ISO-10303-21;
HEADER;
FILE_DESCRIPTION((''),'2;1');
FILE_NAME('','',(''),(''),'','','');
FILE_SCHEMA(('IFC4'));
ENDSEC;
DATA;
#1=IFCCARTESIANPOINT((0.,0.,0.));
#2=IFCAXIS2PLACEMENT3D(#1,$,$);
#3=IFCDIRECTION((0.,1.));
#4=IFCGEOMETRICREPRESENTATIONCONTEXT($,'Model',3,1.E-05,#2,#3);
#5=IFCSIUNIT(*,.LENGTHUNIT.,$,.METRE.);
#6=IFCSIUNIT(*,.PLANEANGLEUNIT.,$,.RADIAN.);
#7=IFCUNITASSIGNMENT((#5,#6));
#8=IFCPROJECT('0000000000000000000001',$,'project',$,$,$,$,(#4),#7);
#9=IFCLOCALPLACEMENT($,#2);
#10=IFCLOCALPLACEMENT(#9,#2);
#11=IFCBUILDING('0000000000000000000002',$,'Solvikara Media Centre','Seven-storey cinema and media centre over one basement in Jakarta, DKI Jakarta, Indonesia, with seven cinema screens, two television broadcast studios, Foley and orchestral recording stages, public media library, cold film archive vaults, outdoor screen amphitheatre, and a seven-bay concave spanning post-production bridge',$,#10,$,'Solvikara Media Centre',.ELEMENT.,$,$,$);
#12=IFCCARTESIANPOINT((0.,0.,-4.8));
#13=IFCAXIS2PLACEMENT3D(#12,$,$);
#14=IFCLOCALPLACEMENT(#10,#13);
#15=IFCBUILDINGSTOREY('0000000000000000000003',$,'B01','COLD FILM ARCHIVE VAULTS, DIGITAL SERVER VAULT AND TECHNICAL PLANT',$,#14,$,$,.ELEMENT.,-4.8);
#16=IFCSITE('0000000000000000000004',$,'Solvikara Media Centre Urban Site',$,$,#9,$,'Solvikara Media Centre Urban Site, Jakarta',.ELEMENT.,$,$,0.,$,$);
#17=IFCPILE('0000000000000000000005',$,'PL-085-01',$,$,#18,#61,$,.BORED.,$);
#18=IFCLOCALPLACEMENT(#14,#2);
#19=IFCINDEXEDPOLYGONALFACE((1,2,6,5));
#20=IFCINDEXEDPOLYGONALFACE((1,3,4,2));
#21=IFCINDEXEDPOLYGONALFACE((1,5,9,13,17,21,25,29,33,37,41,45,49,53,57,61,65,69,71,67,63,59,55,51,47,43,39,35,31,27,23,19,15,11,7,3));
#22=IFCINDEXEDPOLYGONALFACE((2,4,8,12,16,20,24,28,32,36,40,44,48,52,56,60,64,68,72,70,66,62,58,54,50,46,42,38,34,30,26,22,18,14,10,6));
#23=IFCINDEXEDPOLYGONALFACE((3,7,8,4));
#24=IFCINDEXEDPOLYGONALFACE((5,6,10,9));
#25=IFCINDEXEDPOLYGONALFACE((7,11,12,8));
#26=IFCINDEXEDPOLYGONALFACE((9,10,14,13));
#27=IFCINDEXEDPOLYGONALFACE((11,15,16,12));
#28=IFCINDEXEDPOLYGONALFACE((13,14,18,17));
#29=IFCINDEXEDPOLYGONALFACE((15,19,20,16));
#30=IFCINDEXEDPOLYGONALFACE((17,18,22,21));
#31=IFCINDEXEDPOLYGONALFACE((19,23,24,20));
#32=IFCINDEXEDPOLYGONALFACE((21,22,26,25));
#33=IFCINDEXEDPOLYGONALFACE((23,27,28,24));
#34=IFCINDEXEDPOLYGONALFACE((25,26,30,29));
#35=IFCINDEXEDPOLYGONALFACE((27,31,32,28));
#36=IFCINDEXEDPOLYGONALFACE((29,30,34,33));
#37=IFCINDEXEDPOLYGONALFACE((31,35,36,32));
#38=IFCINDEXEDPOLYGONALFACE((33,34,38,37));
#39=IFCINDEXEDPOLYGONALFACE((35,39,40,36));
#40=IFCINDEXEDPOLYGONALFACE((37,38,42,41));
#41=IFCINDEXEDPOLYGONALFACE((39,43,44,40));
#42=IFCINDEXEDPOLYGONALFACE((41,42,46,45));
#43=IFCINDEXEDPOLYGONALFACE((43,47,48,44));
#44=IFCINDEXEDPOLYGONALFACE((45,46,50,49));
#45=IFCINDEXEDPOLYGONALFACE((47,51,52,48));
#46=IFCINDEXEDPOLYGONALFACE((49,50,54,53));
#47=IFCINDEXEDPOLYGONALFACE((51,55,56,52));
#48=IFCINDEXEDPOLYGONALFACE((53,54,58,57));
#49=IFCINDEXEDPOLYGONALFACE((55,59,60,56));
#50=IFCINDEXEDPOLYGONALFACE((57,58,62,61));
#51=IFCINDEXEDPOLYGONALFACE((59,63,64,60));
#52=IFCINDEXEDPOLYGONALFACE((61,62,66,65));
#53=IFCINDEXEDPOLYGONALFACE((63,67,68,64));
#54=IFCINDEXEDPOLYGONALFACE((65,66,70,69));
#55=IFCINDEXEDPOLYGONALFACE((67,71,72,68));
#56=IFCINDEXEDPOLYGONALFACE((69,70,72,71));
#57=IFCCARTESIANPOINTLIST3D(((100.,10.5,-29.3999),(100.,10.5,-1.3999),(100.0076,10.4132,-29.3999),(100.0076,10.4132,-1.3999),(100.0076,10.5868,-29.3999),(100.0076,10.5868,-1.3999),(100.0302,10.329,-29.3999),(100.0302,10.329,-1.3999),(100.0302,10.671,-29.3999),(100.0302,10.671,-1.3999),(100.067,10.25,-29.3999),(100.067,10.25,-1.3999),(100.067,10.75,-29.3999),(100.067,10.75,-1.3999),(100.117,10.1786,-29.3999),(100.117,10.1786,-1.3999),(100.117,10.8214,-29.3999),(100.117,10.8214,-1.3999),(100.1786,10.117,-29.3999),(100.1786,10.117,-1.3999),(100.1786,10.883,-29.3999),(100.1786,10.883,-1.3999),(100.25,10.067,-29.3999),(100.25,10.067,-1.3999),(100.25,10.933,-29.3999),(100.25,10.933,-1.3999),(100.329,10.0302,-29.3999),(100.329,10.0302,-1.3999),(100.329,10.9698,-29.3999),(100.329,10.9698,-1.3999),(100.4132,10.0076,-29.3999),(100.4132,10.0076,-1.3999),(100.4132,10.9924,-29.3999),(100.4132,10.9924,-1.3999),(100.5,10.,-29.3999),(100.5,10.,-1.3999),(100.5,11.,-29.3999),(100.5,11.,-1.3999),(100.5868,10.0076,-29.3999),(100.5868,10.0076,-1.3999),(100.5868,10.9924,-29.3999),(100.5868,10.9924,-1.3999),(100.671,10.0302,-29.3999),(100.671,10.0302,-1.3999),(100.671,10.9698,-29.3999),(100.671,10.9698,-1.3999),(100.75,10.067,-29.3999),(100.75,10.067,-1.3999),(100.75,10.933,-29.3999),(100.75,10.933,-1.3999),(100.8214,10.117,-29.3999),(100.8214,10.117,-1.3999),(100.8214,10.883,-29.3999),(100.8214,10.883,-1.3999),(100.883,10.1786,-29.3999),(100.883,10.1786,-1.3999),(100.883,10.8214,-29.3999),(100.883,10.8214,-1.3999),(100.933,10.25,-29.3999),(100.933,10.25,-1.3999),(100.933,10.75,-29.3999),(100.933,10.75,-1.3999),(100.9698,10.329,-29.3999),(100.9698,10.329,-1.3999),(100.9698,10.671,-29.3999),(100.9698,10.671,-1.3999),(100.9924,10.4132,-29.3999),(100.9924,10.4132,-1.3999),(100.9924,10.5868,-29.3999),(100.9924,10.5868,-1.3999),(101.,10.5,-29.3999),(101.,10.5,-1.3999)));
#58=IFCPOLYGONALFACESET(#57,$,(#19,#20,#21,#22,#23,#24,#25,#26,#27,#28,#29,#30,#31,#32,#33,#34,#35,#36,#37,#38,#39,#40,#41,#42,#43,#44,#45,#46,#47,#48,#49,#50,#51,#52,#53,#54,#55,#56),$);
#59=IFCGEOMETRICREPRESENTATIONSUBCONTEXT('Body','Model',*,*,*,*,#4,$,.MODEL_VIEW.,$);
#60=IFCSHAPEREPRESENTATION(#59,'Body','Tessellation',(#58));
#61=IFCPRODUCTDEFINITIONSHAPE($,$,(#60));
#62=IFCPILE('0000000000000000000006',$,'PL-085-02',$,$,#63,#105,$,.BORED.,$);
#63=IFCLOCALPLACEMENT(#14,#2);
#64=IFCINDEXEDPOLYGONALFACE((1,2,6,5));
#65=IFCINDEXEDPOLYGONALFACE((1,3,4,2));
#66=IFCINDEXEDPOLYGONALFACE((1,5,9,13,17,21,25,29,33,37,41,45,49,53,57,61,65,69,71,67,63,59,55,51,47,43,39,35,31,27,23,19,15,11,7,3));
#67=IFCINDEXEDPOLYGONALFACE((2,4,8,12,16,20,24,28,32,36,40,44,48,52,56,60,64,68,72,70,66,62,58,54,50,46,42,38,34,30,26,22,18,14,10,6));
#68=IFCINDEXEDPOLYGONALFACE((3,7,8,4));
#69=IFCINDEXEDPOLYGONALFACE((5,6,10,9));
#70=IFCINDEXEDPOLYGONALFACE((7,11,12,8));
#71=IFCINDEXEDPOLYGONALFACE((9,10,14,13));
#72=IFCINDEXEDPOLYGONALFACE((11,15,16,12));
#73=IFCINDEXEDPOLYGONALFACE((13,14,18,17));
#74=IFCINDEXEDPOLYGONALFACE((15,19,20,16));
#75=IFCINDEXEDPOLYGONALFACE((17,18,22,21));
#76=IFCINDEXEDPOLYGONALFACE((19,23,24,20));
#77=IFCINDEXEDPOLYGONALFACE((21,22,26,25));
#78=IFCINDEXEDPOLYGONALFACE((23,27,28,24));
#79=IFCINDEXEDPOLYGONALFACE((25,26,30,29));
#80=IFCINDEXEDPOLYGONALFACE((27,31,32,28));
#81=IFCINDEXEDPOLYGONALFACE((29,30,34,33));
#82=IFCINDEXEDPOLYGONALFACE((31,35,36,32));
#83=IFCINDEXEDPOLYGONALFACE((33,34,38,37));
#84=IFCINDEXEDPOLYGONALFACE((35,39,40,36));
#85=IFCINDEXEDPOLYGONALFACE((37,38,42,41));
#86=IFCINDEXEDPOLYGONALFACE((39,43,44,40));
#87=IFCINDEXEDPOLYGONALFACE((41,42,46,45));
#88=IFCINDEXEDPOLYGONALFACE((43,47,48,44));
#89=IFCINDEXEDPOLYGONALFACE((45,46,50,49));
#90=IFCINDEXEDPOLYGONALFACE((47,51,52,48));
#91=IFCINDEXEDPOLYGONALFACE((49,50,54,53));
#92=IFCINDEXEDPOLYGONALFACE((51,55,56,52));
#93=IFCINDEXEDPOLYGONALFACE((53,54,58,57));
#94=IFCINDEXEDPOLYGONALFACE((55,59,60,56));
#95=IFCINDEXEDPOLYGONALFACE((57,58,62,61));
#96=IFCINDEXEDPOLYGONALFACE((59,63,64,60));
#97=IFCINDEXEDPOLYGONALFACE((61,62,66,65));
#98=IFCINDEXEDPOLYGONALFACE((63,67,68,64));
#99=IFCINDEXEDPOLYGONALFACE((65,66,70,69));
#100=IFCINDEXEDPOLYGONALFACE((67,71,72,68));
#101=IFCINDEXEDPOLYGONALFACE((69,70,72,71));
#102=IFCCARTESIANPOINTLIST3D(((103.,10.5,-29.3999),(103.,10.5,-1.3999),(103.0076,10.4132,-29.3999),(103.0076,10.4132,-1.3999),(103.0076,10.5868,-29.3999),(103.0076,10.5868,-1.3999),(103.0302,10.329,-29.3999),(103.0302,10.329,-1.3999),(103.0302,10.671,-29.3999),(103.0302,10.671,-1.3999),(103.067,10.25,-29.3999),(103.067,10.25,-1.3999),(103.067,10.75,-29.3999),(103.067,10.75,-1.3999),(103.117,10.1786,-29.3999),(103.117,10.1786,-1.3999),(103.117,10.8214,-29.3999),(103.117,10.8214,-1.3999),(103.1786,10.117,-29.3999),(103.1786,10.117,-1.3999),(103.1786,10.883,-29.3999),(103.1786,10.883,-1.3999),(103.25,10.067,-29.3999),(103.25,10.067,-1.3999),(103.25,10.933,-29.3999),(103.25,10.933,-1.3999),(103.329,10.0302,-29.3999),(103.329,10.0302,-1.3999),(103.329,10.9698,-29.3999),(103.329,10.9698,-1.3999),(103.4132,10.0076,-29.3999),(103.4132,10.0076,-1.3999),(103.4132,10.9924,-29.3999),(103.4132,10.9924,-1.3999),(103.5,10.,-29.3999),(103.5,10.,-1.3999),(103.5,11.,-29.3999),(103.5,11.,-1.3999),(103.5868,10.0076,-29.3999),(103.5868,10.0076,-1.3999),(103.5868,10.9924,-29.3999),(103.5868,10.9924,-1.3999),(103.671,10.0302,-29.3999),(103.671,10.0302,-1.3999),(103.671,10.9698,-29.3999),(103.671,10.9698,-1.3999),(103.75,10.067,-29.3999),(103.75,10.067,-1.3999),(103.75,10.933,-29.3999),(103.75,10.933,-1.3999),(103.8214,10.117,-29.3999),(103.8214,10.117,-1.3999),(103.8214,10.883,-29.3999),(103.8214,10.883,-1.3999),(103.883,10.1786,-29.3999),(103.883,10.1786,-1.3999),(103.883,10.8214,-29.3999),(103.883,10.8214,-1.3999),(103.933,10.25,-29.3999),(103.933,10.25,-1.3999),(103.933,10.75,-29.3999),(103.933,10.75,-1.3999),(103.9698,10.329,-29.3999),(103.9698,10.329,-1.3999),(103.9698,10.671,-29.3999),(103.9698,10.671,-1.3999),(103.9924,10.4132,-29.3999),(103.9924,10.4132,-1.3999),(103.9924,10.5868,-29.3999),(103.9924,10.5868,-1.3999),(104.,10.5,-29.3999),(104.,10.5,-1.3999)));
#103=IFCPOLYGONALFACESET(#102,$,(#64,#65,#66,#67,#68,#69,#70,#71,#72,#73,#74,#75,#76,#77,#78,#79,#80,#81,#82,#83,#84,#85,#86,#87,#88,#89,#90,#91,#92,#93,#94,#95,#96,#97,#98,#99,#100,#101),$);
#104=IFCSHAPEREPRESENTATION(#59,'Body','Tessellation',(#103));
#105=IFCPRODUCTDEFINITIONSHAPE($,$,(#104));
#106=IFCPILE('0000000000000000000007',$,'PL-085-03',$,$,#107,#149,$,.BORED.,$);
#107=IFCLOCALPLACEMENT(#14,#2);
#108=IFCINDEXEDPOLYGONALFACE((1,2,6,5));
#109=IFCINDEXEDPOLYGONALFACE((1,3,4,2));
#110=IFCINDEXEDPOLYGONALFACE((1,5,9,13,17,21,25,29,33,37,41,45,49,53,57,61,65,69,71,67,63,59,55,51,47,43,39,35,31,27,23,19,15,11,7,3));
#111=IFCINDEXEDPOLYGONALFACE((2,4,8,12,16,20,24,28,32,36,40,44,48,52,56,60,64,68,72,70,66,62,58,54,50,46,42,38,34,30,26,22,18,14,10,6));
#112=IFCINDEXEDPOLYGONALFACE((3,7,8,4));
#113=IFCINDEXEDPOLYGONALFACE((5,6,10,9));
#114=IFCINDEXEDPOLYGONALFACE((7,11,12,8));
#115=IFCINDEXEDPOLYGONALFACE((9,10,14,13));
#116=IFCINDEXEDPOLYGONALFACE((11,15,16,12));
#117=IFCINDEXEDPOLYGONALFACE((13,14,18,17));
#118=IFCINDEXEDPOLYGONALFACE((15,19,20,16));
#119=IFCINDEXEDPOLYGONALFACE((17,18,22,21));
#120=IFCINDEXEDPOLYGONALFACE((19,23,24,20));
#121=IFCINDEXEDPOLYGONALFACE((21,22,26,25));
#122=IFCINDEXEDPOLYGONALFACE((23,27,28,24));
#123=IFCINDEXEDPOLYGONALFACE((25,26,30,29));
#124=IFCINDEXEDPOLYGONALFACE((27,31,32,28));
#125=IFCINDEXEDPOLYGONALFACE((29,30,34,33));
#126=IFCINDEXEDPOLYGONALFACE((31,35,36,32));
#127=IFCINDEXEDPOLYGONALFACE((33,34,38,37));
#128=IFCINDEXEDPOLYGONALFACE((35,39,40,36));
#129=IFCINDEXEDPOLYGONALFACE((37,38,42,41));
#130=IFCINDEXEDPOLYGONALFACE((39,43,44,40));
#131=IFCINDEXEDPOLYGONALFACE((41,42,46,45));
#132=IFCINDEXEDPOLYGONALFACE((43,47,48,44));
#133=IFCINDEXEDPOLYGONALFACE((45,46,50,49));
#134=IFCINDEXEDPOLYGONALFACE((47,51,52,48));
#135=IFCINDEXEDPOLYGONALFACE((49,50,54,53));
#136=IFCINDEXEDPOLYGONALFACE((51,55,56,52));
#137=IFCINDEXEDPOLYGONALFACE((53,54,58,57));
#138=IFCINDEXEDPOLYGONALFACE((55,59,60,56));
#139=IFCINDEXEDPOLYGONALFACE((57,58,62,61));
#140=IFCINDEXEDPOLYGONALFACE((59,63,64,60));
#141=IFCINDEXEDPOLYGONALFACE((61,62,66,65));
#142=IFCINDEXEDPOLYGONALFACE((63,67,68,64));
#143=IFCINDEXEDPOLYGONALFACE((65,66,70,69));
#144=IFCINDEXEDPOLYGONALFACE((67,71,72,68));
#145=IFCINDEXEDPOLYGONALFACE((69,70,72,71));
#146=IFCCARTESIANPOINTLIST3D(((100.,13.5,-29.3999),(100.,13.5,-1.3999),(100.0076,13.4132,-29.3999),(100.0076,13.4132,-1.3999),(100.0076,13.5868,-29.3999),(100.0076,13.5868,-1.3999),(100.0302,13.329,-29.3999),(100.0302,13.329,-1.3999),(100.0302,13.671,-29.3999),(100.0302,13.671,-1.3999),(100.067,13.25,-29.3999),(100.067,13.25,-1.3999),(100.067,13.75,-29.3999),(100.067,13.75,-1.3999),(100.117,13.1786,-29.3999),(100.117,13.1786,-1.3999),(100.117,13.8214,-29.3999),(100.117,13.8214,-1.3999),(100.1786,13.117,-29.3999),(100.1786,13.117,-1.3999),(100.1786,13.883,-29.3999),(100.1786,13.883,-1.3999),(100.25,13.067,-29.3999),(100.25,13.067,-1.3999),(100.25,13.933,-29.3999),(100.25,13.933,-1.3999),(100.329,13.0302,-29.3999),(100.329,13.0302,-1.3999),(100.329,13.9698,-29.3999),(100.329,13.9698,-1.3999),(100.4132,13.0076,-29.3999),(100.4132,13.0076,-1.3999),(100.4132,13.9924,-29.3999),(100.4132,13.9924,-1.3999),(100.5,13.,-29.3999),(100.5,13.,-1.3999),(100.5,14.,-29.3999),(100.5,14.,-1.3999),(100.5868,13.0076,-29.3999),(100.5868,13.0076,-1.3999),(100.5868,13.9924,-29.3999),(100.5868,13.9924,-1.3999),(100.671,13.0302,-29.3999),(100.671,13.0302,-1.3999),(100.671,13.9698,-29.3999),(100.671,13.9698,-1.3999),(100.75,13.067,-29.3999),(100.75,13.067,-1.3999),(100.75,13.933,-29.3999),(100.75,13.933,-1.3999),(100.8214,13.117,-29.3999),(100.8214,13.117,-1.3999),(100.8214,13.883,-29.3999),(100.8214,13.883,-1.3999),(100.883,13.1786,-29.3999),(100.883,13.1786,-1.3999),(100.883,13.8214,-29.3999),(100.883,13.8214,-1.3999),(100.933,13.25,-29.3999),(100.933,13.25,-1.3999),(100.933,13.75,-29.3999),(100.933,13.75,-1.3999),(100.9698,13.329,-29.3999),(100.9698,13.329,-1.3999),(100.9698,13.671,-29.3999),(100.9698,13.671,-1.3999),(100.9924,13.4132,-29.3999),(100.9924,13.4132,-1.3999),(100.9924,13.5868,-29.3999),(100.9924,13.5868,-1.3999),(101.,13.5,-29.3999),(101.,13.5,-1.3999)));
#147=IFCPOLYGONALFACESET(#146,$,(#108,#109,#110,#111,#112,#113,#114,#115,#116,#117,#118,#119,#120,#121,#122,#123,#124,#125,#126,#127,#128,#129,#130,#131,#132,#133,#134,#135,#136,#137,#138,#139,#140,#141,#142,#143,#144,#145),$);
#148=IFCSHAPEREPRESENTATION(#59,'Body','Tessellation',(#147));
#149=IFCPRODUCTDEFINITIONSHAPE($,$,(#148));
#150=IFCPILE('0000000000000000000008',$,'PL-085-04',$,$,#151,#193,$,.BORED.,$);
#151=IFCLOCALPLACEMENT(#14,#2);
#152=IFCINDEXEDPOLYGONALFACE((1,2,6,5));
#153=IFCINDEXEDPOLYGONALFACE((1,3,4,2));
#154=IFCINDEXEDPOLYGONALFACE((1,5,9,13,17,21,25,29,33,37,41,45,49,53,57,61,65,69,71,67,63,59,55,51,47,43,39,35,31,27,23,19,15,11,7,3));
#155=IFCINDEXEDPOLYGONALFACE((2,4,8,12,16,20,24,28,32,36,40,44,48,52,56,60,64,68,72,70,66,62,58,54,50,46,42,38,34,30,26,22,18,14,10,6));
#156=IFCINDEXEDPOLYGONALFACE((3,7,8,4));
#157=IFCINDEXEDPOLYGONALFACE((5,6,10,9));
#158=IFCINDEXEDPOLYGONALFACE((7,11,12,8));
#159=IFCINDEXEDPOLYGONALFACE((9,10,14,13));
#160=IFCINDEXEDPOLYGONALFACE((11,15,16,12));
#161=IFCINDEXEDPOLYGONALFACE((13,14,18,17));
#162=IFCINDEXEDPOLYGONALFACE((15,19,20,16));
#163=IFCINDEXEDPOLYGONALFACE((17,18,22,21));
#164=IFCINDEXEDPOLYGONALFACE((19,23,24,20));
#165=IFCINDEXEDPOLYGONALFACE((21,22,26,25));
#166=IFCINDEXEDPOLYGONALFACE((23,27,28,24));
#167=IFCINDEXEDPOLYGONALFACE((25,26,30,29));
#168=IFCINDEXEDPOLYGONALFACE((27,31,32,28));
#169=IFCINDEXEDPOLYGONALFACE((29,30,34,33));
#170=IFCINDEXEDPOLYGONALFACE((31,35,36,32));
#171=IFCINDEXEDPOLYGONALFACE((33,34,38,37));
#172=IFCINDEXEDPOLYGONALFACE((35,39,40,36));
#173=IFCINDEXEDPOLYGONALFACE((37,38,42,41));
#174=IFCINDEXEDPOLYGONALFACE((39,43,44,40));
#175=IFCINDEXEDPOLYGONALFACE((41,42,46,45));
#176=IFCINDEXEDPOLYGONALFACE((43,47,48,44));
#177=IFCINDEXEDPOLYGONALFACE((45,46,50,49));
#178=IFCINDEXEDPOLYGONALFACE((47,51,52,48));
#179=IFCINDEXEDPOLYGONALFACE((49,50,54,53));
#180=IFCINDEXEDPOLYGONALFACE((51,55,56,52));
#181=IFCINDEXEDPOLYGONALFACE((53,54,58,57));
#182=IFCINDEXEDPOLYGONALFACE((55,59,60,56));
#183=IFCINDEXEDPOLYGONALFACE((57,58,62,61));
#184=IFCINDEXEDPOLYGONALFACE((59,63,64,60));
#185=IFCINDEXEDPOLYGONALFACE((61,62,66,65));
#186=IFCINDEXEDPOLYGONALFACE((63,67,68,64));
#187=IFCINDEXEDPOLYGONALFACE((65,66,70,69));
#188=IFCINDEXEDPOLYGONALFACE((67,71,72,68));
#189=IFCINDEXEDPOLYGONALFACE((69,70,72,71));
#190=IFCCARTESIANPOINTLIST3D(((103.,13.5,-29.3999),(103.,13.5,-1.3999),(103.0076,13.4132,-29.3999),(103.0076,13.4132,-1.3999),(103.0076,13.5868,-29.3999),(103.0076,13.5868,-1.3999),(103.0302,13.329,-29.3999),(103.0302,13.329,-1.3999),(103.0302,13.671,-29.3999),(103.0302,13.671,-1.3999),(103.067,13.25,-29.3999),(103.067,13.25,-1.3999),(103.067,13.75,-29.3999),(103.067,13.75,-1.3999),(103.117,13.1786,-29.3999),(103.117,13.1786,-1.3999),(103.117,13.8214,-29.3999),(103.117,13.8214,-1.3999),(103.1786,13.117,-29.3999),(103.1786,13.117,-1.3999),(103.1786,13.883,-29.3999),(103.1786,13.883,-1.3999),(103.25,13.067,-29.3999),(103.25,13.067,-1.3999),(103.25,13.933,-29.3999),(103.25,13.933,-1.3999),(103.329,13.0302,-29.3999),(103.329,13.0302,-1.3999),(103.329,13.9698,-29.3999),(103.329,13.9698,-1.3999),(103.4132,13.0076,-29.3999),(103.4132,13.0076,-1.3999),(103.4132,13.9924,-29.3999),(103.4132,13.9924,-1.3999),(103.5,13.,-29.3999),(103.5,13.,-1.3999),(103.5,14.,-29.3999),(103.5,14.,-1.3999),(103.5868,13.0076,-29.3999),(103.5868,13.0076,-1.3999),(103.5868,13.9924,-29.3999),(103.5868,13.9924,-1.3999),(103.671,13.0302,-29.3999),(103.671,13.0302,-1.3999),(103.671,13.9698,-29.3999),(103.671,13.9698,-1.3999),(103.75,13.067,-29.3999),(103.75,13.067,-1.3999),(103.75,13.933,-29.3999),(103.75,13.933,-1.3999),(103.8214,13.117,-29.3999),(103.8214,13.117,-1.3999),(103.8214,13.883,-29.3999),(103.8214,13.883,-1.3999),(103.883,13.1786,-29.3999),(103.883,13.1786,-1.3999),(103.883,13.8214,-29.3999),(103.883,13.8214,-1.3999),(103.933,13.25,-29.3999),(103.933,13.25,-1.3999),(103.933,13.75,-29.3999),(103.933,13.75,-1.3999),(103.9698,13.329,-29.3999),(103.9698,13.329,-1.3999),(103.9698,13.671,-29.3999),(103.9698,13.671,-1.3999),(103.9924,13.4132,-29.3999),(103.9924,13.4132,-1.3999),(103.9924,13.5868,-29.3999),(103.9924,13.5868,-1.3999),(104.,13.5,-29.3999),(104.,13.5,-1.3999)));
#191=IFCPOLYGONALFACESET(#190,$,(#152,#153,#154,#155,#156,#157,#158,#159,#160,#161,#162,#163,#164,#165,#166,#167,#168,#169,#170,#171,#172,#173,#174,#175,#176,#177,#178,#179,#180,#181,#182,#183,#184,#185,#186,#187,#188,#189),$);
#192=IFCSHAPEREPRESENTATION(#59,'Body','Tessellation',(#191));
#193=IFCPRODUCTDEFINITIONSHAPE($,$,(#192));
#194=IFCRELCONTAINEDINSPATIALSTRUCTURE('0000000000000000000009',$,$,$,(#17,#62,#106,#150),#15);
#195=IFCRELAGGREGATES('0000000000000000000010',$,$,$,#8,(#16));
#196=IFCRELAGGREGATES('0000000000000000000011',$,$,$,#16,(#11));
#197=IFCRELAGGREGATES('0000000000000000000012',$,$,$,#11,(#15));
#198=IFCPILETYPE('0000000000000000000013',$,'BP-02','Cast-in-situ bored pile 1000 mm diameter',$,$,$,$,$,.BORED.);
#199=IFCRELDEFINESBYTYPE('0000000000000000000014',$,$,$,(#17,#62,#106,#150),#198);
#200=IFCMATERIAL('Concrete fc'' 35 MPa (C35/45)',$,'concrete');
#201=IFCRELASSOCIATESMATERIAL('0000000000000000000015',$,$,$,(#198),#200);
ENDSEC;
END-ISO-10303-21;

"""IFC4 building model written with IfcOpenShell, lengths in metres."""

from ifc_helpers import new_model, si_unit, direction, frame, origin, origin_2d, place, context, subcontext, project, spatial, circle, extrude, material, material_profile, profile_set, type_object, element, save


model = new_model("IFC4")

# Units and contexts
model_context = context("Model", 3, precision=1e-05, world=origin(), true_north=direction((0.0, 1.0)))
body_context = subcontext(model_context, "Body", "Model", "MODEL_VIEW")
ifc_project = project(units=[si_unit("LENGTHUNIT", "METRE"), si_unit("PLANEANGLEUNIT", "RADIAN")], contexts=[model_context])

# Site, building, storey
site_placement = place(None, origin())
site = spatial("IfcSite", under=ifc_project, at=site_placement, Name="Solvikara Media Centre Urban Site", LongName="Solvikara Media Centre Urban Site, Jakarta", CompositionType="ELEMENT", RefElevation=0.0)
building_placement = place(site_placement, origin())
building = spatial("IfcBuilding", under=site, at=building_placement, Name="Solvikara Media Centre", Description="Seven-storey cinema and media centre over one basement in Jakarta, DKI Jakarta, Indonesia, with seven cinema screens, two television broadcast studios, Foley and orchestral recording stages, public media library, cold film archive vaults, outdoor screen amphitheatre, and a seven-bay concave spanning post-production bridge", LongName="Solvikara Media Centre", CompositionType="ELEMENT")
storey_placement = place(building_placement, frame((0.0, 0.0, -4.8)))
storey = spatial("IfcBuildingStorey", under=building, at=storey_placement, Name="B01", Description="COLD FILM ARCHIVE VAULTS, DIGITAL SERVER VAULT AND TECHNICAL PLANT", CompositionType="ELEMENT", Elevation=-4.8)

# Piles
ifc_material_1 = material(Name="Concrete fc' 35 MPa (C35/45)", Category="concrete")
ifc_material_profile_1 = material_profile(ifc_material_1, circle(Radius=0.5, at=origin_2d()), Name="BORED PILE D1000")
ifc_profile_set_1 = profile_set([ifc_material_profile_1], Name="Concrete fc' 35 MPa (C35/45)")
pile_type_1 = type_object("IfcPileType", Name="BP-02", Description="Cast-in-situ bored pile 1000 mm diameter", PredefinedType="BORED", material=ifc_profile_set_1)
for number, where, z_axis, x_axis, name in (
    (1, (100.5, 10.5, -1.3999), (0.0, 0.0, -1.0), (1.0, 0.0, 0.0), "PL-085-01"),
    (2, (103.5, 10.5, -1.3999), (0.0, 0.0, -1.0), (1.0, 0.0, 0.0), "PL-085-02"),
    (3, (100.5, 13.5, -1.3999), (0.0, 0.0, -1.0), (1.0, 0.0, 0.0), "PL-085-03"),
    (4, (103.5, 13.5, -1.3999), (0.0, 0.0, -1.0), (1.0, 0.0, 0.0), "PL-085-04"),
):
    element("IfcPile", number, at=place(storey_placement, frame(where, z_axis=z_axis, x_axis=x_axis)), inside=storey, type_object=pile_type_1, Name=name, PredefinedType="BORED", context=body_context, shape_type="SweptSolid", body=[
        extrude(circle(Radius=0.5, at=origin_2d()), origin(), (0.0, 0.0, 1.0), 28.0),
    ])

save(model, "model.ifc")
